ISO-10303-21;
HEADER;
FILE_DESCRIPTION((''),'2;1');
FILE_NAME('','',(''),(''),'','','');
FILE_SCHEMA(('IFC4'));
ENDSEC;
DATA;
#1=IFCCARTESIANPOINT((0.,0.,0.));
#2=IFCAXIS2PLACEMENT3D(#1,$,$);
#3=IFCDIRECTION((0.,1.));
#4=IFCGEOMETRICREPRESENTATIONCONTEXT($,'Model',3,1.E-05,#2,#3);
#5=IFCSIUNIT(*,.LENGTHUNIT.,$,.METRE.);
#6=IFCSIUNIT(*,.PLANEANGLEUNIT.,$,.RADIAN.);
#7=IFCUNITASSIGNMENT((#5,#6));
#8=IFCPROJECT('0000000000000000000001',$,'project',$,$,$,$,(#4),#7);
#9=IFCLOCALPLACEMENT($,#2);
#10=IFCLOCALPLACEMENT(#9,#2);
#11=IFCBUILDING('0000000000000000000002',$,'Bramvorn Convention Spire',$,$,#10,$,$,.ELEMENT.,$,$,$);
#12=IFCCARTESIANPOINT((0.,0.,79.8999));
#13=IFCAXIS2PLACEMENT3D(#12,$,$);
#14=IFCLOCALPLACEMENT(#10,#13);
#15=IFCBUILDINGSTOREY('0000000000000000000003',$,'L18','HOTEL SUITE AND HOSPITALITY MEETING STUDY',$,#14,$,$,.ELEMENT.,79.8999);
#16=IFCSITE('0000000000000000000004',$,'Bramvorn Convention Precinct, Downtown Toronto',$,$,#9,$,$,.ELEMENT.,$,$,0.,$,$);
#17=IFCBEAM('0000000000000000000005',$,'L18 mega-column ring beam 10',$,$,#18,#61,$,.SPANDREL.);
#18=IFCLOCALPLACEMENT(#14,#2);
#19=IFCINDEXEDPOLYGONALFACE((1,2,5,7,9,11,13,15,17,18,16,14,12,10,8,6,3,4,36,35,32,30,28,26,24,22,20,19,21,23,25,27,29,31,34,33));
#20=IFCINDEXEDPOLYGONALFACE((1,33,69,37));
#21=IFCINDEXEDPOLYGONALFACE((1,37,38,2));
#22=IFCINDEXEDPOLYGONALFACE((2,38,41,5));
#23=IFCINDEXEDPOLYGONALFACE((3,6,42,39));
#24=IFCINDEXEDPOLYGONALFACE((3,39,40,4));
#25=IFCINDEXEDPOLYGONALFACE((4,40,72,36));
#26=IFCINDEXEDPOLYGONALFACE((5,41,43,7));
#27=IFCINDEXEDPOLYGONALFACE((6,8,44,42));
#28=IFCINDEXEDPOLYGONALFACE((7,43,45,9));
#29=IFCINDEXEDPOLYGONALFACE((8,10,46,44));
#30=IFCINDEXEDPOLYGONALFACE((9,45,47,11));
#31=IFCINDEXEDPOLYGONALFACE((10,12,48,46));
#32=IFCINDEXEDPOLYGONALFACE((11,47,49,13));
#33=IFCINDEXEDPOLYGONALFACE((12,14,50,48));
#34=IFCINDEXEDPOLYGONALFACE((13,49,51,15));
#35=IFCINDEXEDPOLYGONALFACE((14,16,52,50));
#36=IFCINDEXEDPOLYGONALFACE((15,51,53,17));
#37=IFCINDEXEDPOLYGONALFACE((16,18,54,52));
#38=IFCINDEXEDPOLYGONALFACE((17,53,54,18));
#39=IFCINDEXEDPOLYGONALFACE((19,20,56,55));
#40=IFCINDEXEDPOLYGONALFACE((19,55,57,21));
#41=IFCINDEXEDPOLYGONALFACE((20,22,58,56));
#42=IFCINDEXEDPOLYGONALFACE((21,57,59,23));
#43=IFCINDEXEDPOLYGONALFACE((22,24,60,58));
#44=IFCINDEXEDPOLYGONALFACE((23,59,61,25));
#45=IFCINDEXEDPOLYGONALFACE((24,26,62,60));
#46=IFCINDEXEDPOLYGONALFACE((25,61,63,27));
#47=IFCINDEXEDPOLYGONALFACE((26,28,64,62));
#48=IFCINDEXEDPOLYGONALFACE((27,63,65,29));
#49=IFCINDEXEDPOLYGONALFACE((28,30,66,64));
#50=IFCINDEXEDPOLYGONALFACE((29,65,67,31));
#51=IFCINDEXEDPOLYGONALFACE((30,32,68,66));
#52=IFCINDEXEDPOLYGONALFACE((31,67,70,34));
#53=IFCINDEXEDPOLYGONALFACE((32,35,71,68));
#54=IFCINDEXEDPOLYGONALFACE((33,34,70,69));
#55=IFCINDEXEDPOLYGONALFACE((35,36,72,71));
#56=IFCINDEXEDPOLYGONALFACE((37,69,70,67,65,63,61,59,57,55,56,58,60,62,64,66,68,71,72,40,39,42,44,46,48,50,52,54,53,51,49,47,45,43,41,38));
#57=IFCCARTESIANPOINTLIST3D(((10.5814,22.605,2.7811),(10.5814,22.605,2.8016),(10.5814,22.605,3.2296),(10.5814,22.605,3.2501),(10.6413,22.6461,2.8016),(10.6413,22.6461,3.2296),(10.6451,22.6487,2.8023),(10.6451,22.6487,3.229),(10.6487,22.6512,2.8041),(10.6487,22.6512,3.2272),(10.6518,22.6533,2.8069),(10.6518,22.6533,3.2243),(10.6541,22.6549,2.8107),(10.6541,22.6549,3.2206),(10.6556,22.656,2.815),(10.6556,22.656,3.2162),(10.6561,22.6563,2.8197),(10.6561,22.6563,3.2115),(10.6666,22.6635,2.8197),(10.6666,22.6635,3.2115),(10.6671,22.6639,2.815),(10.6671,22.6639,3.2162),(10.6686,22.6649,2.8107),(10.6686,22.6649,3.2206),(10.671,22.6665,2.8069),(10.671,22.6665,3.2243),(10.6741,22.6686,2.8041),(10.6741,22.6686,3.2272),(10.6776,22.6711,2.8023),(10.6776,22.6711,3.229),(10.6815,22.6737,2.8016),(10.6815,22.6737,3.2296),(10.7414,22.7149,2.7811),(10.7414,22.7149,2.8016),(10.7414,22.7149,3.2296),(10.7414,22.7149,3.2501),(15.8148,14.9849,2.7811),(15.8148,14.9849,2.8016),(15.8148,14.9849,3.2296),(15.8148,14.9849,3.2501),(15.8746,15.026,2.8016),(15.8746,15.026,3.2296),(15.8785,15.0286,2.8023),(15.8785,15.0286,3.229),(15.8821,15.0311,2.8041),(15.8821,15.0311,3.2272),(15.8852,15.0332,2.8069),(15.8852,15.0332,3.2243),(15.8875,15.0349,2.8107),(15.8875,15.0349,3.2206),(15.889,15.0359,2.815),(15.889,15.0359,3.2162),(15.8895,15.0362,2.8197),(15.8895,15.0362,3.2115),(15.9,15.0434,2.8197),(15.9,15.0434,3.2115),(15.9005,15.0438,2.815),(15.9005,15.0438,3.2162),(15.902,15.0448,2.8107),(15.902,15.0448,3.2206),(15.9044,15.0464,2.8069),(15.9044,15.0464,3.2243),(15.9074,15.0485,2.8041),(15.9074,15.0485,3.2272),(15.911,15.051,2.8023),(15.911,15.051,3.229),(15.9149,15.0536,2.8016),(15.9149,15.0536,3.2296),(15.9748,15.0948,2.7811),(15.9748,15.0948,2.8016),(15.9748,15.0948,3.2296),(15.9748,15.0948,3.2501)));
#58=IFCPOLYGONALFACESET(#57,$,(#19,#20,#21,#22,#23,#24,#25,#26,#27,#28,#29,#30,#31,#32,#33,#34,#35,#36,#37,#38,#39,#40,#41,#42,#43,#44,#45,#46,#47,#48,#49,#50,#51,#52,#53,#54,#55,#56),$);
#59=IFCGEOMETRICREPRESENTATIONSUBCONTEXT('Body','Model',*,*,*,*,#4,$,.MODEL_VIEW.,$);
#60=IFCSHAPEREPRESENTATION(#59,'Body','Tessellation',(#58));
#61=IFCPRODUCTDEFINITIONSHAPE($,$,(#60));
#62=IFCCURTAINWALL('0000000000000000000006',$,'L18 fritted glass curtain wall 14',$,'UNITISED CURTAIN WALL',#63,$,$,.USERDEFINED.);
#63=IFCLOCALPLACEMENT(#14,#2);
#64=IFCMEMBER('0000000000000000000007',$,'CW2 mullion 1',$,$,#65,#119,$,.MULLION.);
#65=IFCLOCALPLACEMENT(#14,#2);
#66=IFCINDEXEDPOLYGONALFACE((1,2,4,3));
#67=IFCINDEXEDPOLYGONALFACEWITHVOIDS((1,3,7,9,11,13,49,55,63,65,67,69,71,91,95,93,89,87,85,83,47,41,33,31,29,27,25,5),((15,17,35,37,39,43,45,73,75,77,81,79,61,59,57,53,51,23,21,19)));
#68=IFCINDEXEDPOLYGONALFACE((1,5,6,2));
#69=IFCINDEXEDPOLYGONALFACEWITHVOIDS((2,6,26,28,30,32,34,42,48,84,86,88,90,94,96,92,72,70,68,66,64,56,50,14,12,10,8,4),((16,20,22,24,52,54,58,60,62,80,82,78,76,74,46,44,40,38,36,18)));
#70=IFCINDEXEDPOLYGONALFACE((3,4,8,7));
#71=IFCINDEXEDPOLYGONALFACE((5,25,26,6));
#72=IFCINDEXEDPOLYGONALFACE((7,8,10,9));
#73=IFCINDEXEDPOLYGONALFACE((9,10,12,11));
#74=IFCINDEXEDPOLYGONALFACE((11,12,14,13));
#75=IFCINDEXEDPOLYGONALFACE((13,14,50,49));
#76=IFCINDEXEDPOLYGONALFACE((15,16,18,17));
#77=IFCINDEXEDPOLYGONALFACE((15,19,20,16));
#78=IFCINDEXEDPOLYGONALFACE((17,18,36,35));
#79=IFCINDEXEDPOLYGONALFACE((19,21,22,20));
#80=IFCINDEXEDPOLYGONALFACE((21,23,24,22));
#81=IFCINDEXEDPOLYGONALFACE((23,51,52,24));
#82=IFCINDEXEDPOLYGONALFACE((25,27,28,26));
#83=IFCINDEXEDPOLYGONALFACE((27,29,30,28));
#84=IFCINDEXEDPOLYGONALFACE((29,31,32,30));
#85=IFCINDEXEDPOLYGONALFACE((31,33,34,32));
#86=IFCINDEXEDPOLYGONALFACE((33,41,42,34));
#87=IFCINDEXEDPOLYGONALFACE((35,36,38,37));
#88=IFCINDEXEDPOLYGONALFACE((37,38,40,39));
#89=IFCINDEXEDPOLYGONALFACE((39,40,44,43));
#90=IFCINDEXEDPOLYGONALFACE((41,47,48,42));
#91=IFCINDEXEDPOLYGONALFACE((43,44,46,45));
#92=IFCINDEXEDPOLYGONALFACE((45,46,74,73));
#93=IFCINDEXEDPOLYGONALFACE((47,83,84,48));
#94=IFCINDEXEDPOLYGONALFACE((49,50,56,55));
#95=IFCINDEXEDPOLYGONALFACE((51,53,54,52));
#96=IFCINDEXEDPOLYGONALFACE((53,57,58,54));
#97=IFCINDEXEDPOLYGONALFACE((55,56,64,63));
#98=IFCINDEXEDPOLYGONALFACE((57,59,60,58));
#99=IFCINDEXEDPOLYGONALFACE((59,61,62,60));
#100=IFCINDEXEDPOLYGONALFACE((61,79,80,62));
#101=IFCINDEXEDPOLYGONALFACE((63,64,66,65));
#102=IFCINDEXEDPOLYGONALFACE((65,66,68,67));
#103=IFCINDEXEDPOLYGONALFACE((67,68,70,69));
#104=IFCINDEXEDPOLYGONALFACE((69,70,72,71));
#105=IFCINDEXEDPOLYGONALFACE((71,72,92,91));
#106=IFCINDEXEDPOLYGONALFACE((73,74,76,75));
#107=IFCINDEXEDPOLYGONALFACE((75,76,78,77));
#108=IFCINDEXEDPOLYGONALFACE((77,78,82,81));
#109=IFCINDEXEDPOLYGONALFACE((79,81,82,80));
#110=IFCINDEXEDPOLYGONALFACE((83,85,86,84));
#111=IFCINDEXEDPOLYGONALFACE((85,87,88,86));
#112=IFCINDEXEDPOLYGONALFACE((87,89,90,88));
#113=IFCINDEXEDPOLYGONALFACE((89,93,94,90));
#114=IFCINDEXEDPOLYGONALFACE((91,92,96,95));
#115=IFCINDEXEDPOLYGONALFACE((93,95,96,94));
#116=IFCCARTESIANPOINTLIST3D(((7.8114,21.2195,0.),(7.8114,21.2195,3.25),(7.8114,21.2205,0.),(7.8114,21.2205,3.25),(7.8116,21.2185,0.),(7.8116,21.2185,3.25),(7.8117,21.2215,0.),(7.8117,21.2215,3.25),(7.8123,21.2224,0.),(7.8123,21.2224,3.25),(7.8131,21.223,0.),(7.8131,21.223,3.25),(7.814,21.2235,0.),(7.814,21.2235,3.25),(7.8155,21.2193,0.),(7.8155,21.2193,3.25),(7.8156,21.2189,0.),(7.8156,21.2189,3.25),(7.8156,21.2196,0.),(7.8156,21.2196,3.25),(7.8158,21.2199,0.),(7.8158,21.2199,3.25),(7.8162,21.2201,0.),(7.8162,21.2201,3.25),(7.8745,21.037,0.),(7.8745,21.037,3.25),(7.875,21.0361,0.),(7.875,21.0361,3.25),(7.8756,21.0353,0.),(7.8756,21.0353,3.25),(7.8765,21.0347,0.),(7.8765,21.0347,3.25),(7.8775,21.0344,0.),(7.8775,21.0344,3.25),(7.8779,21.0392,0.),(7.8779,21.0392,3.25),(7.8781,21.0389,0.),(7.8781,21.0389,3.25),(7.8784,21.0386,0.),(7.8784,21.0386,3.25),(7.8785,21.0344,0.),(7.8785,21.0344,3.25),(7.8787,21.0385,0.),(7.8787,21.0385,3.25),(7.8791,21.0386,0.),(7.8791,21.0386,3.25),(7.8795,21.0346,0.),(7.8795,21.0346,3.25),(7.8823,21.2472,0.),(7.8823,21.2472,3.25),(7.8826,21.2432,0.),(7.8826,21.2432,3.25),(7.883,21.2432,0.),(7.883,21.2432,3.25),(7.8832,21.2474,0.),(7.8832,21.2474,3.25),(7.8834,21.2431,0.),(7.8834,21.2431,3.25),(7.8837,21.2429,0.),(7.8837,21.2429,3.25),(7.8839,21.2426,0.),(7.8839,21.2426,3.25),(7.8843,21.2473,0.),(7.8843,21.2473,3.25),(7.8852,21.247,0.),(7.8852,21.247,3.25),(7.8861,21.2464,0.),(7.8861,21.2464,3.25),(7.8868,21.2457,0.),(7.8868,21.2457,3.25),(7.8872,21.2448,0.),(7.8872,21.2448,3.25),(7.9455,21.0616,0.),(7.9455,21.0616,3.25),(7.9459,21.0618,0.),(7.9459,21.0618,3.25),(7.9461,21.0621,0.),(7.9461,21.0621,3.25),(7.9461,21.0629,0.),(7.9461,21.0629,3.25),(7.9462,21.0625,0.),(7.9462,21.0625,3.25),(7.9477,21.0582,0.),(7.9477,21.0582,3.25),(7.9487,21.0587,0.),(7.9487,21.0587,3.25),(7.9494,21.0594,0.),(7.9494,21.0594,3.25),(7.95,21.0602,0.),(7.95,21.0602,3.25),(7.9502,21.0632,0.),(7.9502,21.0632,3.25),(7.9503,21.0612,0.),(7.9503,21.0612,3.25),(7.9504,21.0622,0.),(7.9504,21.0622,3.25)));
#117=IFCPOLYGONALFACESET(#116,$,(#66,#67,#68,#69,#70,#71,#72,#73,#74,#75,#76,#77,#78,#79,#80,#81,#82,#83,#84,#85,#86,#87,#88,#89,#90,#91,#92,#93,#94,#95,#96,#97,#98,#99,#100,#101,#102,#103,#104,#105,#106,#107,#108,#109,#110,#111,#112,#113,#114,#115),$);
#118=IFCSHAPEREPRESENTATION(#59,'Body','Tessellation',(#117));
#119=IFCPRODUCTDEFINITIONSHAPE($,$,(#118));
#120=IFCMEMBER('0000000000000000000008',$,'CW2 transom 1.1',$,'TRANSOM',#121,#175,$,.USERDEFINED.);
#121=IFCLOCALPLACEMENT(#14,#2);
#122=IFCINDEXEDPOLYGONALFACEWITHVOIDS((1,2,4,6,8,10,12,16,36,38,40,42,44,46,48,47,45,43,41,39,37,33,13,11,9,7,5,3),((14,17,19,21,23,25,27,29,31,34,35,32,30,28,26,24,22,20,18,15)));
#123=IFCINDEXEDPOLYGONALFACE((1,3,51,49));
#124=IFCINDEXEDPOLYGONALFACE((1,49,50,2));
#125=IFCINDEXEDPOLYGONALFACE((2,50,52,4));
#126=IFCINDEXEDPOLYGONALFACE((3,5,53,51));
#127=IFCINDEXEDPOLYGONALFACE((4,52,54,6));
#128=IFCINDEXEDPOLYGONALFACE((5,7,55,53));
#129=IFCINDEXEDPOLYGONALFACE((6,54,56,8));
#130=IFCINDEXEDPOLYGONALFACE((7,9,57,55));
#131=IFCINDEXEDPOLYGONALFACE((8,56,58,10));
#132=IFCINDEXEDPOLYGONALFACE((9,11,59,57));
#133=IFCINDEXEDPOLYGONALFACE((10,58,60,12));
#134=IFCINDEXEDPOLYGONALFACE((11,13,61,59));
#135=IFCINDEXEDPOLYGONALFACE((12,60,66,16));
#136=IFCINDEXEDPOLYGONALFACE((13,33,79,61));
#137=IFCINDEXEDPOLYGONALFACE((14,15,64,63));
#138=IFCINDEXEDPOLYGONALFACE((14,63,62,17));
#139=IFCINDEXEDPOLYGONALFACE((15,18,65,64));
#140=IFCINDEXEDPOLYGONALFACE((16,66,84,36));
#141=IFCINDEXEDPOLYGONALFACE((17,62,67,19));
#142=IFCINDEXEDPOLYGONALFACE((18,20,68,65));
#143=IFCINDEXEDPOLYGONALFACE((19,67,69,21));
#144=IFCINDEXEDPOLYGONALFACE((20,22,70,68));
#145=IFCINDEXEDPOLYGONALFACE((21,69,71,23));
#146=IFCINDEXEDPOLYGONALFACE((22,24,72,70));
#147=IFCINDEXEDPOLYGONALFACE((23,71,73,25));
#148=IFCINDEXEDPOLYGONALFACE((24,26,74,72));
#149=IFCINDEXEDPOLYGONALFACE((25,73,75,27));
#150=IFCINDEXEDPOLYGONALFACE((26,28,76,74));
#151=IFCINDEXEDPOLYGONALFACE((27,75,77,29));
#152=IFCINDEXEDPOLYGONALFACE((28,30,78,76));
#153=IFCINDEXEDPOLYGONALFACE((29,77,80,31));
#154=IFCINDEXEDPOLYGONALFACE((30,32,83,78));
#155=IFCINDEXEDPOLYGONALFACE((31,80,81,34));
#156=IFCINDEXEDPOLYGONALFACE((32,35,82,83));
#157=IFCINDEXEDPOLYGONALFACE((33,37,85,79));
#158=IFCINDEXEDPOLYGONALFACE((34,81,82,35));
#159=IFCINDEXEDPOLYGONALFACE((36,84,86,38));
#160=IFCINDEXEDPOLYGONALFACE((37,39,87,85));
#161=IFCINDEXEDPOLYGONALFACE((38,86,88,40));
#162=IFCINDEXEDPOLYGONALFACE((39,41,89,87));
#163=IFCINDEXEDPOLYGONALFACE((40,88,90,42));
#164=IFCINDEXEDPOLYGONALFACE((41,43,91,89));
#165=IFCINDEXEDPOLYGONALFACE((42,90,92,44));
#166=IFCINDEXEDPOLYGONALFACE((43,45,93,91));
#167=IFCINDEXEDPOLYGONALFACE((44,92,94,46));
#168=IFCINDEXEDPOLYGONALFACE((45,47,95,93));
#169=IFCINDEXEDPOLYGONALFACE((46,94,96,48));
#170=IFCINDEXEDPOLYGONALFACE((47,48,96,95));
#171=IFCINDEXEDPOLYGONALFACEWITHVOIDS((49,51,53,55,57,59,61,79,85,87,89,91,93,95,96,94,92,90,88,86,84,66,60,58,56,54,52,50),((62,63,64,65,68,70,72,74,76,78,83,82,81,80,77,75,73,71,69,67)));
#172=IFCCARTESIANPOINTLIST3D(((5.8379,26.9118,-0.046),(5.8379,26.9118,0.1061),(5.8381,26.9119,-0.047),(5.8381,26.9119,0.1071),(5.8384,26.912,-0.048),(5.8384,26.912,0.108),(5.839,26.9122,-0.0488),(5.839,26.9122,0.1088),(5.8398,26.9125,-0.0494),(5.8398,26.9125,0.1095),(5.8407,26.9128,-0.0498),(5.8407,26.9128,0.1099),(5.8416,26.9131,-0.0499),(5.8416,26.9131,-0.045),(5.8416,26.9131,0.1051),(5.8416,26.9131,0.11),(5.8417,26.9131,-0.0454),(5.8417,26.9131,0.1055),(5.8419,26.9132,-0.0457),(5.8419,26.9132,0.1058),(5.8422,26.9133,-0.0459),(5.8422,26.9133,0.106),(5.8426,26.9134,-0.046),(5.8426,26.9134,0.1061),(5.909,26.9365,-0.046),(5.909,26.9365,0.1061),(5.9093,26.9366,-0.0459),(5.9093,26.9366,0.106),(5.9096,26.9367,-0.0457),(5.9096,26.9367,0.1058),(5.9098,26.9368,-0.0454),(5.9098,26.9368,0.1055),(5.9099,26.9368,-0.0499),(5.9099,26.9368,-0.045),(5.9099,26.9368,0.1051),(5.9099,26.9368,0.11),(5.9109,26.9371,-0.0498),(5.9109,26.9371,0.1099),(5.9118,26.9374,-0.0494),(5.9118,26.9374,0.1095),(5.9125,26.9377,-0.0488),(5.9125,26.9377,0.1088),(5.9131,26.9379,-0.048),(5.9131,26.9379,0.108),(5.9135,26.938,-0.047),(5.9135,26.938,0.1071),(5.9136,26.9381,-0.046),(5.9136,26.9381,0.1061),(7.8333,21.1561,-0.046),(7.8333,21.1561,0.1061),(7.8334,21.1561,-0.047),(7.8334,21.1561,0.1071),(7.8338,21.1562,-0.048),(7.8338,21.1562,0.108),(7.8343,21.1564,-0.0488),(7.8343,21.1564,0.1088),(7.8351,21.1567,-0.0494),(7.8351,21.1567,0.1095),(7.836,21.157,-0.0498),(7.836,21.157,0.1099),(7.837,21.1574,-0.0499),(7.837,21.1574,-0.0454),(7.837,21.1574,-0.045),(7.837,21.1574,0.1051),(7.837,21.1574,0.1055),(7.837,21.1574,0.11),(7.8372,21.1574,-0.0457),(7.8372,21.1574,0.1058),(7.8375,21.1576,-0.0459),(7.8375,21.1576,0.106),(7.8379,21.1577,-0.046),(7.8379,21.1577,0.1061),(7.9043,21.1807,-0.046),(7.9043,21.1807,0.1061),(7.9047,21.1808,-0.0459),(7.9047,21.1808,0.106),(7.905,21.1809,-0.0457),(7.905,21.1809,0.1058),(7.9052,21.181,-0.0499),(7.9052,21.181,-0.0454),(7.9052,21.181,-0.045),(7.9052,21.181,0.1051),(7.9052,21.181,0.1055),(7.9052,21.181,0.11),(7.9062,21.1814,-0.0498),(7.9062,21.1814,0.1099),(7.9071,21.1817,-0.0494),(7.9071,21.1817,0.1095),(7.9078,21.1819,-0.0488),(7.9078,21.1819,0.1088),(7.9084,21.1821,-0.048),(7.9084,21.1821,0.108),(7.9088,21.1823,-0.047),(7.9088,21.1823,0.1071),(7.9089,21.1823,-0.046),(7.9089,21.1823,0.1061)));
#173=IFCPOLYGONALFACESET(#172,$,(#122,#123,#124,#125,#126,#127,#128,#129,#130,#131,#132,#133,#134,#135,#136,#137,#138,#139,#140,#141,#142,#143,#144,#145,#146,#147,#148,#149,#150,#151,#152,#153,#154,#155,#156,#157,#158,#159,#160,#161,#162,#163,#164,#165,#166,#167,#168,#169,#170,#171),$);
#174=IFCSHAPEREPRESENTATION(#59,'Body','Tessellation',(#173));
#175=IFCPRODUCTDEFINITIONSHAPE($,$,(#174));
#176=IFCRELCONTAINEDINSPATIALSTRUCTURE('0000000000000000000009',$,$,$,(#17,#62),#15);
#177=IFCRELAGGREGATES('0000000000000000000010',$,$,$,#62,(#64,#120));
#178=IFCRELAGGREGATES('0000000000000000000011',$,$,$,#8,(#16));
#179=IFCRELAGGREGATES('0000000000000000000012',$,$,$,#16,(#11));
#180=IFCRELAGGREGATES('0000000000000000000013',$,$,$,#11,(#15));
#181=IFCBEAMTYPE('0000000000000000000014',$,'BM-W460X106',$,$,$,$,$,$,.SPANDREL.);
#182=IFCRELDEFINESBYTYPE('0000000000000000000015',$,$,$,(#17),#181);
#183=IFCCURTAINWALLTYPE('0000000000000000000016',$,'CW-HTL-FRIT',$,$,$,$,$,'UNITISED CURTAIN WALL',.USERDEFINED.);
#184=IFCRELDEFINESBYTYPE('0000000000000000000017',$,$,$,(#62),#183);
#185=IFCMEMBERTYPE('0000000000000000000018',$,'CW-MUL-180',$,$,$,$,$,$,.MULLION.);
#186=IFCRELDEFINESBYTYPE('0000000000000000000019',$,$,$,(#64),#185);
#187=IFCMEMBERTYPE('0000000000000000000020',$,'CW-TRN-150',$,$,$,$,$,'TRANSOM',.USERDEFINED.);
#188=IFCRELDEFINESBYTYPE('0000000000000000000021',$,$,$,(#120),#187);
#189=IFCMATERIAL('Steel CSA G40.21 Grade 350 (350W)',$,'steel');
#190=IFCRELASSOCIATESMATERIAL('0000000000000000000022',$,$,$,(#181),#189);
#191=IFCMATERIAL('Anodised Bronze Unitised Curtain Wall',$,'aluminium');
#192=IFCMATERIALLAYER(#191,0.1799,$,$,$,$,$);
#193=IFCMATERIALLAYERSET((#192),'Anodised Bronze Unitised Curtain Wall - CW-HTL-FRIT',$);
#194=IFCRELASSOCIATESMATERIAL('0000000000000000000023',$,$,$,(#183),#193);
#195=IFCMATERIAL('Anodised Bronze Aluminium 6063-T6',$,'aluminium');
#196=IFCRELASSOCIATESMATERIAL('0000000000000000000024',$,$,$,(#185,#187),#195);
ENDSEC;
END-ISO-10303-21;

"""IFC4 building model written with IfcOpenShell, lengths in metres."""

from ifc_helpers import new_model, si_unit, direction, frame, origin, origin_2d, place, context, subcontext, project, spatial, hollow_rectangle, i_section, extrude, material, layer, layer_set, material_profile, profile_set, type_object, element, aggregate, save


model = new_model("IFC4")

# Units and contexts
model_context = context("Model", 3, precision=1e-05, world=origin(), true_north=direction((0.0, 1.0)))
body_context = subcontext(model_context, "Body", "Model", "MODEL_VIEW")
ifc_project = project(units=[si_unit("LENGTHUNIT", "METRE"), si_unit("PLANEANGLEUNIT", "RADIAN")], contexts=[model_context])

# Site, building, storey
site_placement = place(None, origin())
site = spatial("IfcSite", under=ifc_project, at=site_placement, Name="Bramvorn Convention Precinct, Downtown Toronto", CompositionType="ELEMENT", RefElevation=0.0)
building_placement = place(site_placement, origin())
building = spatial("IfcBuilding", under=site, at=building_placement, Name="Bramvorn Convention Spire", CompositionType="ELEMENT")
storey_placement = place(building_placement, frame((0.0, 0.0, 79.8999)))
storey = spatial("IfcBuildingStorey", under=building, at=storey_placement, Name="L18", Description="HOTEL SUITE AND HOSPITALITY MEETING STUDY", CompositionType="ELEMENT", Elevation=79.8999)

# Shared definitions
ifc_material_1 = material(Name="Steel CSA G40.21 Grade 350 (350W)", Category="steel")

# Beam
ifc_material_profile_1 = material_profile(ifc_material_1, i_section(OverallWidth=0.1941, OverallDepth=0.469, WebThickness=0.0127, FlangeThickness=0.0205, FilletRadius=0.0181, at=origin_2d()))
ifc_profile_set_1 = profile_set([ifc_material_profile_1], Name="Steel CSA G40.21 Grade 350 (350W) - W460X106")
beam_type_1 = type_object("IfcBeamType", Name="BM-W460X106", PredefinedType="SPANDREL", material=ifc_profile_set_1)
beam_1_placement = place(storey_placement, frame((10.6614, 22.6599, 3.0156), z_axis=(0.56613, -0.824316, 0.0), x_axis=(0.824316, 0.56613, 0.0)))
element("IfcBeam", 1, at=beam_1_placement, inside=storey, type_object=beam_type_1, Name="L18 mega-column ring beam 10", PredefinedType="SPANDREL", context=body_context, shape_type="SweptSolid", body=[
    extrude(i_section(OverallWidth=0.1941, OverallDepth=0.469, WebThickness=0.0127, FlangeThickness=0.0205, FilletRadius=0.0181, at=origin_2d()), origin(), (0.0, 0.0, 1.0), 9.2441),
])

# Curtain wall, members
ifc_material_2 = material(Name="Anodised Bronze Unitised Curtain Wall", Category="aluminium")
ifc_layer_1 = layer(ifc_material_2, 0.1799)
ifc_layer_set_1 = layer_set([ifc_layer_1], Name="Anodised Bronze Unitised Curtain Wall - CW-HTL-FRIT")
curtain_wall_type = type_object("IfcCurtainWallType", Name="CW-HTL-FRIT", ElementType="UNITISED CURTAIN WALL", PredefinedType="USERDEFINED", material=ifc_layer_set_1)
curtain_wall_placement = place(storey_placement, origin())
curtain_wall = element("IfcCurtainWall", 2, at=curtain_wall_placement, inside=storey, type_object=curtain_wall_type, Name="L18 fritted glass curtain wall 14", ObjectType="UNITISED CURTAIN WALL", PredefinedType="USERDEFINED")
ifc_material_3 = material(Name="Anodised Bronze Aluminium 6063-T6", Category="aluminium")
ifc_material_profile_2 = material_profile(ifc_material_3, hollow_rectangle(XDim=0.0801, YDim=0.2, WallThickness=0.0039, InnerFilletRadius=0.001, OuterFilletRadius=0.0039, at=origin_2d()))
ifc_profile_set_2 = profile_set([ifc_material_profile_2], Name="Anodised Bronze Aluminium 6063-T6 - CWM80X200")
member_type_1 = type_object("IfcMemberType", Name="CW-MUL-180", PredefinedType="MULLION", material=ifc_profile_set_2)
member_1_placement = place(storey_placement, frame((7.8809, 21.1409, 0.0), z_axis=(0.0, 0.0, 1.0), x_axis=(-0.944831, -0.327559, 0.0)))
member_1 = element("IfcMember", 3, at=member_1_placement, type_object=member_type_1, Name="CW2 mullion 1", PredefinedType="MULLION", context=body_context, shape_type="SweptSolid", body=[
    extrude(hollow_rectangle(XDim=0.0801, YDim=0.2, WallThickness=0.0039, InnerFilletRadius=0.001, OuterFilletRadius=0.0039, at=origin_2d()), origin(), (0.0, 0.0, 1.0), 3.25),
])
ifc_material_profile_3 = material_profile(ifc_material_3, hollow_rectangle(XDim=0.0801, YDim=0.1599, WallThickness=0.0039, InnerFilletRadius=0.001, OuterFilletRadius=0.0039, at=origin_2d()))
ifc_profile_set_3 = profile_set([ifc_material_profile_3], Name="Anodised Bronze Aluminium 6063-T6 - CWT80X160")
member_type_2 = type_object("IfcMemberType", Name="CW-TRN-150", ElementType="TRANSOM", PredefinedType="USERDEFINED", material=ifc_profile_set_3)
member_2_placement = place(storey_placement, frame((7.8711, 21.1692, 0.03), z_axis=(-0.327543, 0.944836, 0.0), x_axis=(-0.944836, -0.327543, 0.0)))
member_2 = element("IfcMember", 4, at=member_2_placement, type_object=member_type_2, Name="CW2 transom 1.1", ObjectType="TRANSOM", PredefinedType="USERDEFINED", context=body_context, shape_type="SweptSolid", body=[
    extrude(hollow_rectangle(XDim=0.0801, YDim=0.1599, WallThickness=0.0039, InnerFilletRadius=0.001, OuterFilletRadius=0.0039, at=origin_2d()), origin(), (0.0, 0.0, 1.0), 6.0918),
])
aggregate(curtain_wall, [member_1, member_2])

save(model, "model.ifc")
